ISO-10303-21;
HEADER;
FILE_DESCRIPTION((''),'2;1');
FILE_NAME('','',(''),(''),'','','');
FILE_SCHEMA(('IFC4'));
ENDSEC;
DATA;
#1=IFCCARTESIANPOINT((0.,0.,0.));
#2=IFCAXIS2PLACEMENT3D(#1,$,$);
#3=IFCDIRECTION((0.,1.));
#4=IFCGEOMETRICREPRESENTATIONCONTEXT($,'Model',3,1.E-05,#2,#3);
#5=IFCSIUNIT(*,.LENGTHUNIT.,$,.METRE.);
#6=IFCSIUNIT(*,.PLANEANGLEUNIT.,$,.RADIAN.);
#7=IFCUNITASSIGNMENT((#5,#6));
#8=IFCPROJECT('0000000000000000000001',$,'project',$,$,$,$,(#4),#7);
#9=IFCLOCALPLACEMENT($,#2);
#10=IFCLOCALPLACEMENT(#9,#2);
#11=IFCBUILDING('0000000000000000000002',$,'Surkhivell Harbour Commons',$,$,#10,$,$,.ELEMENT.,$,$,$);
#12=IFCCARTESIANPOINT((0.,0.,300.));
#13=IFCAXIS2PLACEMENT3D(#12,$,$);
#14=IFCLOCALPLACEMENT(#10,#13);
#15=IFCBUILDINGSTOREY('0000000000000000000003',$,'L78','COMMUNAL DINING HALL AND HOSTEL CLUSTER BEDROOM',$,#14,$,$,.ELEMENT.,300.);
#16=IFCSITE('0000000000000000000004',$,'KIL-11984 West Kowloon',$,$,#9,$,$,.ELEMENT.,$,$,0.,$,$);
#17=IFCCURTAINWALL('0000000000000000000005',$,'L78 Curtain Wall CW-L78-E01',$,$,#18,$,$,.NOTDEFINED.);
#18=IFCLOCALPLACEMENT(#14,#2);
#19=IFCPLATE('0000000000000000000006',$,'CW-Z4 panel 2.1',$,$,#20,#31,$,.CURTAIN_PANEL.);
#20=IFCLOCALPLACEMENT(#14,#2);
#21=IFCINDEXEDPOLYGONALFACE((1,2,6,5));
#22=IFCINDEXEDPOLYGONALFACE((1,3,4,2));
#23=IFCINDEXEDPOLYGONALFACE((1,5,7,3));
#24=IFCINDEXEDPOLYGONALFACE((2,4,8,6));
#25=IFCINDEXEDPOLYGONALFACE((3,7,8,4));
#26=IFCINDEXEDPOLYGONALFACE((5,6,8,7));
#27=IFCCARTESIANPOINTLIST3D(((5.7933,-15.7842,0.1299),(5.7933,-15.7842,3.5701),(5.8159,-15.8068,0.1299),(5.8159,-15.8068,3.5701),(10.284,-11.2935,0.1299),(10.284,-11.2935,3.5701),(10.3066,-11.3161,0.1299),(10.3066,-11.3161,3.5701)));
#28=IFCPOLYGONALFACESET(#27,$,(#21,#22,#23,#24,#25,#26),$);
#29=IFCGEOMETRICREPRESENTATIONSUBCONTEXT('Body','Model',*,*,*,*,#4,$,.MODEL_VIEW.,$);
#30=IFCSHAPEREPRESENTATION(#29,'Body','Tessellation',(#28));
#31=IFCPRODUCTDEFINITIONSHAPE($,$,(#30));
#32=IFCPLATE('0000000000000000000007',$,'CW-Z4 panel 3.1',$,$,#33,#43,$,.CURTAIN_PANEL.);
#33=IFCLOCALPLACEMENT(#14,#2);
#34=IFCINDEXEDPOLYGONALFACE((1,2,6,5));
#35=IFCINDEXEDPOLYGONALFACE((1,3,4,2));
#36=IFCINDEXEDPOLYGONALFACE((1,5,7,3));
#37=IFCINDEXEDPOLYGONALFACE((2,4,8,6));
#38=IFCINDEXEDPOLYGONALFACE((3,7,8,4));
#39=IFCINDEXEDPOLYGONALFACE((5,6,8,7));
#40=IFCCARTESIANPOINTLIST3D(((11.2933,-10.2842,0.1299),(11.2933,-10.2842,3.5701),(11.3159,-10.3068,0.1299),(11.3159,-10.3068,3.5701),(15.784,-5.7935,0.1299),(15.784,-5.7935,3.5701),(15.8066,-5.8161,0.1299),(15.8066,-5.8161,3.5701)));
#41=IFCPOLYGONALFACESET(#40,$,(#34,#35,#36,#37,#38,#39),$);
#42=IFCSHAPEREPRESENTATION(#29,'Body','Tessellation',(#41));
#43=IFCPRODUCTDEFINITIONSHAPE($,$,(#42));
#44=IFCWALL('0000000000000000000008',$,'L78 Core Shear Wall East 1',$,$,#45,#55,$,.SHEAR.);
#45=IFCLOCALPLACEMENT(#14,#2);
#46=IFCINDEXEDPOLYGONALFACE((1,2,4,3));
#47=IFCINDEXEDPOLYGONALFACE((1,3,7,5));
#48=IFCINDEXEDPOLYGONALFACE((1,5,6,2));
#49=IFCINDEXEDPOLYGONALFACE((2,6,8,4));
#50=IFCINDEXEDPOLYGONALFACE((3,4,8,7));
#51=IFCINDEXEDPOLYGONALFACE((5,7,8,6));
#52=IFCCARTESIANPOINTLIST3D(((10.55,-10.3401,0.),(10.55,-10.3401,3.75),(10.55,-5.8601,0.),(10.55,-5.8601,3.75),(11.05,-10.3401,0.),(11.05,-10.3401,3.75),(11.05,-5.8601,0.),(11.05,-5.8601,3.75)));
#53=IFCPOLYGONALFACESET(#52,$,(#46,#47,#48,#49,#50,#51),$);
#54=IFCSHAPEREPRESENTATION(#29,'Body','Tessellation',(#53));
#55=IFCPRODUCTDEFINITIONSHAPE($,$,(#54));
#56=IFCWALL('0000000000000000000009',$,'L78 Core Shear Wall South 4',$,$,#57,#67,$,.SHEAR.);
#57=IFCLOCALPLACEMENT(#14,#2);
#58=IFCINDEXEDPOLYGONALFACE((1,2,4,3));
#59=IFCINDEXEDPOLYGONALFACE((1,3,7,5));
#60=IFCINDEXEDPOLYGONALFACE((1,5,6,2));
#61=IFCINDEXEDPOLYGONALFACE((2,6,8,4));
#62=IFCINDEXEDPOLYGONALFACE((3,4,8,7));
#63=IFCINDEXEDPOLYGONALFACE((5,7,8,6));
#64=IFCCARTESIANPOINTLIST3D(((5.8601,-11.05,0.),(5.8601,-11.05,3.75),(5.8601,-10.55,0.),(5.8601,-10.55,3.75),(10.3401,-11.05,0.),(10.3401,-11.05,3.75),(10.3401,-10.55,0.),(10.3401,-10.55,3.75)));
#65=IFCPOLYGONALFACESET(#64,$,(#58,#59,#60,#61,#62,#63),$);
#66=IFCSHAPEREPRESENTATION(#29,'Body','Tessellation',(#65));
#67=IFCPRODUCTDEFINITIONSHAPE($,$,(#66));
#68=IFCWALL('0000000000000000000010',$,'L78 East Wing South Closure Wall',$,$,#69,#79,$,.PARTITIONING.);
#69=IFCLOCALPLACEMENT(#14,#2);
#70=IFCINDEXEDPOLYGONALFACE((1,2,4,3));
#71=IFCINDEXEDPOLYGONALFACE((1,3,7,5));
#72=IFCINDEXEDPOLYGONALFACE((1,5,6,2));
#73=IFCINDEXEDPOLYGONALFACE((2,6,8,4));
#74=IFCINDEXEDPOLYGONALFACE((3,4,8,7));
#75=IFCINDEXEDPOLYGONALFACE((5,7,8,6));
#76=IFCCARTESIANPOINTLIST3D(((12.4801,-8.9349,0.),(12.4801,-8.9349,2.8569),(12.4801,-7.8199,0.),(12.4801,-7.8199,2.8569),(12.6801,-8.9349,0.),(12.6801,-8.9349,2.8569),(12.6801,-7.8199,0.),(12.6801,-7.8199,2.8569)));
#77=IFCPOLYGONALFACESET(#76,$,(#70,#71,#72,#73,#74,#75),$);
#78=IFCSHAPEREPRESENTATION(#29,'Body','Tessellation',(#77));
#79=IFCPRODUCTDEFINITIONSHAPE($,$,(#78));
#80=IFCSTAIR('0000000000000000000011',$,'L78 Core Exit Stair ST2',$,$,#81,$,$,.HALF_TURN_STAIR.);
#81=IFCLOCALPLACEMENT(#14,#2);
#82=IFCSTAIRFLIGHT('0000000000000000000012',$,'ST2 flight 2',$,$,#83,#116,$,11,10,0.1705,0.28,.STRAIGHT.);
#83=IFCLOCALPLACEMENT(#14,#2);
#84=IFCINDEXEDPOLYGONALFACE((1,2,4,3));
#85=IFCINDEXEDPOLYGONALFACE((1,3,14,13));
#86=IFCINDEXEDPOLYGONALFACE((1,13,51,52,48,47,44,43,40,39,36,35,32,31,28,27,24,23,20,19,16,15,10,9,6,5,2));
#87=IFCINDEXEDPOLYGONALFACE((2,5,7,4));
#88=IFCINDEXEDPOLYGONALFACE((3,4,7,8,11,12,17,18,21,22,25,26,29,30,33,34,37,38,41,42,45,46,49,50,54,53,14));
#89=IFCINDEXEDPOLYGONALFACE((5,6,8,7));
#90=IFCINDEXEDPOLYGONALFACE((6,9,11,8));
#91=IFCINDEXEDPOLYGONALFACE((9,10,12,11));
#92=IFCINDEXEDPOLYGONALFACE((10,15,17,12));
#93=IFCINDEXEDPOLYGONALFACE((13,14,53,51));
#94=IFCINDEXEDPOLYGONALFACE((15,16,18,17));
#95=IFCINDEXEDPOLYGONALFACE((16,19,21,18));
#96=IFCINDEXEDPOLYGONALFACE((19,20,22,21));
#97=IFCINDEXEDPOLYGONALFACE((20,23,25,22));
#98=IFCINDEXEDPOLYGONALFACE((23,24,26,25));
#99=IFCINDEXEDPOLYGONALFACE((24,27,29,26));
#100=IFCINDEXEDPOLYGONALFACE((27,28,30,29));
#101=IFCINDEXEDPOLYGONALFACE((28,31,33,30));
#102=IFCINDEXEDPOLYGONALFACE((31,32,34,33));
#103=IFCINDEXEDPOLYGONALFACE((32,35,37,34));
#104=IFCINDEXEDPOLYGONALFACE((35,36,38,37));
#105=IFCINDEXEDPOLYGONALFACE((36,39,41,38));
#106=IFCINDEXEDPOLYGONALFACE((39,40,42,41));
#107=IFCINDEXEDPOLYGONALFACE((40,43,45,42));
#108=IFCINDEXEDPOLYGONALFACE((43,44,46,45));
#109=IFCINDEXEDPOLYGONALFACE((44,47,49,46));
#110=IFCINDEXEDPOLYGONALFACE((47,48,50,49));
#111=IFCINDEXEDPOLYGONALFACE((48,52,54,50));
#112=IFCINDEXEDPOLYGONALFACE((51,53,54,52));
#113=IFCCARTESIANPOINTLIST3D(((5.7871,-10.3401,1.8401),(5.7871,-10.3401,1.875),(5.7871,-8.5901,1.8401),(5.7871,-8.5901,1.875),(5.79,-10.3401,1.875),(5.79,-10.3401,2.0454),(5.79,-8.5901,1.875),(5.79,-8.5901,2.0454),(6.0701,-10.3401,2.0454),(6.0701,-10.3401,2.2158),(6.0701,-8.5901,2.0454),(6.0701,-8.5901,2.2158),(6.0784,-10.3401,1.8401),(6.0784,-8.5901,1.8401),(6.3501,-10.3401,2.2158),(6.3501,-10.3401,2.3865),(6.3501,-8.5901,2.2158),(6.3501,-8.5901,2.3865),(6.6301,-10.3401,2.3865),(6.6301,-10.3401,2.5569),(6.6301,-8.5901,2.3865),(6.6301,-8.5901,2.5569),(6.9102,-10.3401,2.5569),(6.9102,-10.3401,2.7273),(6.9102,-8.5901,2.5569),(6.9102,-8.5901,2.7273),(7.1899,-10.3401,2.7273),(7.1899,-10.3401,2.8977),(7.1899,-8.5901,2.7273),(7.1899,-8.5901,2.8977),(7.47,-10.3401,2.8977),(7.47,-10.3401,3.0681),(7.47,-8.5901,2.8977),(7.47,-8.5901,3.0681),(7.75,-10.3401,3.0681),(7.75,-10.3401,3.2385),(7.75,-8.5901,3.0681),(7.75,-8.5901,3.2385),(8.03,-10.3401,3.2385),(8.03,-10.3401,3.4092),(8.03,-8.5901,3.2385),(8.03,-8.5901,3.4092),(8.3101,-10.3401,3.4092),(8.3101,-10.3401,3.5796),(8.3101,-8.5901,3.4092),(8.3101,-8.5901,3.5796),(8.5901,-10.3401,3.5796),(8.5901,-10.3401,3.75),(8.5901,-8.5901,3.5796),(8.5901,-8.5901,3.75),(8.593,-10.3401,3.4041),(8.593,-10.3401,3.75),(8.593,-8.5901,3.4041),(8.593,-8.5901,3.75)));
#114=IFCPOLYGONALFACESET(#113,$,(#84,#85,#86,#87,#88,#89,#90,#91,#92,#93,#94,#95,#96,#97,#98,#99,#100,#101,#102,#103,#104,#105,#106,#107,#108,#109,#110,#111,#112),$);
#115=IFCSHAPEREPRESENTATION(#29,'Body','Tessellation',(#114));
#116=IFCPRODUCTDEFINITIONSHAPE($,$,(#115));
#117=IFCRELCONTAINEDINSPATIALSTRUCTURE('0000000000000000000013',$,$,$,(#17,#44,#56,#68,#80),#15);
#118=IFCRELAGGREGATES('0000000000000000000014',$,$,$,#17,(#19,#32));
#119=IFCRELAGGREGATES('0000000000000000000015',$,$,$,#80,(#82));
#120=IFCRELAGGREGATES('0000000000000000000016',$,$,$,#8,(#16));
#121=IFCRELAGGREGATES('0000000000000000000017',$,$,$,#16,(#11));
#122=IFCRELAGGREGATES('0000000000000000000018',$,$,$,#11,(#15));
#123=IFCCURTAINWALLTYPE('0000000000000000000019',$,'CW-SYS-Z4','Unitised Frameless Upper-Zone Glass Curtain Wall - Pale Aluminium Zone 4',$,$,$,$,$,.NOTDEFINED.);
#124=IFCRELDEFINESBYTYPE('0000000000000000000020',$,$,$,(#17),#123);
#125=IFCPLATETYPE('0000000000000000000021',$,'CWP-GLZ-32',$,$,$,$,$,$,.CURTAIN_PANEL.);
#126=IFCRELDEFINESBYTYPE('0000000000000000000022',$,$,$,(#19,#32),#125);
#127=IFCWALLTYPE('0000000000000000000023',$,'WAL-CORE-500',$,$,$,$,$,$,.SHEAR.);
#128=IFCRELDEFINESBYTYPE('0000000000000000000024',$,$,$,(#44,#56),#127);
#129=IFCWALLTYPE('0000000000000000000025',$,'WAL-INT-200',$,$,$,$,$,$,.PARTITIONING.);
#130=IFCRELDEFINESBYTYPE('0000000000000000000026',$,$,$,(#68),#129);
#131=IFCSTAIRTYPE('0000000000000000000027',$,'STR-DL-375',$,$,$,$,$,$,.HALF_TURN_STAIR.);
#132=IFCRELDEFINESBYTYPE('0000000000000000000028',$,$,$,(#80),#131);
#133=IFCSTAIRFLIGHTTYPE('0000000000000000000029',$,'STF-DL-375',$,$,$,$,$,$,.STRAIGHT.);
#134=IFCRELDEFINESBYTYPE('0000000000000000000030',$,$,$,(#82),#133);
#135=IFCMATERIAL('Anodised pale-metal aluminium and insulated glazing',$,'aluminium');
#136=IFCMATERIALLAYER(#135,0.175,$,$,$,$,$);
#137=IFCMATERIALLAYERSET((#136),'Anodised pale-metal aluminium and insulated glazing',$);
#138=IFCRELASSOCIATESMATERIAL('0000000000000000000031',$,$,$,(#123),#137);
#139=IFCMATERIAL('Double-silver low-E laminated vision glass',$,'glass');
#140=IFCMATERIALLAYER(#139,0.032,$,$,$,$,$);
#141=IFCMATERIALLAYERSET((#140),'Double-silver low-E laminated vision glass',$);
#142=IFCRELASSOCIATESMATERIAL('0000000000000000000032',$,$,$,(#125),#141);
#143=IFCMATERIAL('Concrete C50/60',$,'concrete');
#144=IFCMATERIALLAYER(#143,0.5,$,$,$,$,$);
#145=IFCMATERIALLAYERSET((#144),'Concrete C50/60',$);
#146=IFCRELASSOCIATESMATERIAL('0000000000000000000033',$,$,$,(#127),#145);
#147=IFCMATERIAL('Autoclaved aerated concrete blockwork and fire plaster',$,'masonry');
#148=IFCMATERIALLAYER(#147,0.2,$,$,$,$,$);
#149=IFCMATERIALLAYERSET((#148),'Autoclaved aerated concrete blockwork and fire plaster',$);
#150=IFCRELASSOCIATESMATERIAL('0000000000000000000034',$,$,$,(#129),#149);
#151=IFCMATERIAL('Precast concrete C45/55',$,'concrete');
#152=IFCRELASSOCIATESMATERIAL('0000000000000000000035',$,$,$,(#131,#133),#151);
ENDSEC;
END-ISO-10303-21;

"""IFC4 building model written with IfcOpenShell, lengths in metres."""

from ifc_helpers import new_model, si_unit, direction, frame, frame_2d, origin, place, context, subcontext, project, spatial, polyline, rectangle, outline, extrude, material, layer, layer_set, type_object, element, aggregate, save


model = new_model("IFC4")

# Units and contexts
model_context = context("Model", 3, precision=1e-05, world=origin(), true_north=direction((0.0, 1.0)))
body_context = subcontext(model_context, "Body", "Model", "MODEL_VIEW")
ifc_project = project(units=[si_unit("LENGTHUNIT", "METRE"), si_unit("PLANEANGLEUNIT", "RADIAN")], contexts=[model_context])

# Site, building, storey
site_placement = place(None, origin())
site = spatial("IfcSite", under=ifc_project, at=site_placement, Name="KIL-11984 West Kowloon", CompositionType="ELEMENT", RefElevation=0.0)
building_placement = place(site_placement, origin())
building = spatial("IfcBuilding", under=site, at=building_placement, Name="Surkhivell Harbour Commons", CompositionType="ELEMENT")
storey_placement = place(building_placement, frame((0.0, 0.0, 300.0)))
storey = spatial("IfcBuildingStorey", under=building, at=storey_placement, Name="L78", Description="COMMUNAL DINING HALL AND HOSTEL CLUSTER BEDROOM", CompositionType="ELEMENT", Elevation=300.0)

# Shared definitions
ifc_material_1 = material(Name="Concrete C50/60", Category="concrete")

# Curtain wall, plates
ifc_material_2 = material(Name="Anodised pale-metal aluminium and insulated glazing", Category="aluminium")
ifc_layer_1 = layer(ifc_material_2, 0.175)
ifc_layer_set_1 = layer_set([ifc_layer_1], Name="Anodised pale-metal aluminium and insulated glazing")
curtain_wall_type = type_object("IfcCurtainWallType", Name="CW-SYS-Z4", Description="Unitised Frameless Upper-Zone Glass Curtain Wall - Pale Aluminium Zone 4", PredefinedType="NOTDEFINED", material=ifc_layer_set_1)
curtain_wall_placement = place(storey_placement, origin())
curtain_wall = element("IfcCurtainWall", 1, at=curtain_wall_placement, inside=storey, type_object=curtain_wall_type, Name="L78 Curtain Wall CW-L78-E01", PredefinedType="NOTDEFINED")
ifc_material_3 = material(Name="Double-silver low-E laminated vision glass", Category="glass")
ifc_layer_2 = layer(ifc_material_3, 0.032)
ifc_layer_set_2 = layer_set([ifc_layer_2], Name="Double-silver low-E laminated vision glass")
plate_type = type_object("IfcPlateType", Name="CWP-GLZ-32", PredefinedType="CURTAIN_PANEL", material=ifc_layer_set_2)
plate_1_placement = place(storey_placement, frame((5.8047, -15.7954, 0.1299), z_axis=(0.0, 0.0, 1.0), x_axis=(0.707107, 0.707107, 0.0)))
plate_1 = element("IfcPlate", 2, at=plate_1_placement, type_object=plate_type, Name="CW-Z4 panel 2.1", PredefinedType="CURTAIN_PANEL", context=body_context, shape_type="SweptSolid", body=[
    extrude(rectangle(XDim=6.3508, YDim=0.032, at=frame_2d((3.1753, 0.0))), origin(), (0.0, 0.0, 1.0), 3.4402),
])
plate_2_placement = place(storey_placement, frame((11.3047, -10.2954, 0.1299), z_axis=(0.0, 0.0, 1.0), x_axis=(0.707107, 0.707107, 0.0)))
plate_2 = element("IfcPlate", 3, at=plate_2_placement, type_object=plate_type, Name="CW-Z4 panel 3.1", PredefinedType="CURTAIN_PANEL", context=body_context, shape_type="SweptSolid", body=[
    extrude(rectangle(XDim=6.3508, YDim=0.032, at=frame_2d((3.1753, 0.0))), origin(), (0.0, 0.0, 1.0), 3.4402),
])
aggregate(curtain_wall, [plate_1, plate_2])

# Walls
ifc_layer_3 = layer(ifc_material_1, 0.5)
ifc_layer_set_3 = layer_set([ifc_layer_3], Name="Concrete C50/60")
wall_type_1 = type_object("IfcWallType", Name="WAL-CORE-500", PredefinedType="SHEAR", material=ifc_layer_set_3)
for number, where, z_axis, x_axis, name in (
    (4, (10.8, -10.3401, 0.0), (0.0, 0.0, 1.0), (0.0, 1.0, 0.0), "L78 Core Shear Wall East 1"),
    (5, (5.8601, -10.8, 0.0), (0.0, 0.0, 1.0), (1.0, 0.0, 0.0), "L78 Core Shear Wall South 4"),
):
    element("IfcWall", number, at=place(storey_placement, frame(where, z_axis=z_axis, x_axis=x_axis)), inside=storey, type_object=wall_type_1, Name=name, PredefinedType="SHEAR", context=body_context, shape_type="SweptSolid", body=[
        extrude(rectangle(XDim=4.48, YDim=0.5, at=frame_2d((2.24, 0.0))), origin(), (0.0, 0.0, 1.0), 3.75),
    ])
ifc_material_4 = material(Name="Autoclaved aerated concrete blockwork and fire plaster", Category="masonry")
ifc_layer_4 = layer(ifc_material_4, 0.2)
ifc_layer_set_4 = layer_set([ifc_layer_4], Name="Autoclaved aerated concrete blockwork and fire plaster")
wall_type_2 = type_object("IfcWallType", Name="WAL-INT-200", PredefinedType="PARTITIONING", material=ifc_layer_set_4)
wall_placement = place(storey_placement, frame((12.5801, -8.9351, 0.0), z_axis=(0.0, 0.0, 1.0), x_axis=(0.0, 1.0, 0.0)))
element("IfcWall", 6, at=wall_placement, inside=storey, type_object=wall_type_2, Name="L78 East Wing South Closure Wall", PredefinedType="PARTITIONING", context=body_context, shape_type="SweptSolid", body=[
    extrude(rectangle(XDim=1.115, YDim=0.2, at=frame_2d((0.5576, 0.0))), origin(), (0.0, 0.0, 1.0), 2.8569),
])

# Stair, stair flight
ifc_material_5 = material(Name="Precast concrete C45/55", Category="concrete")
stair_type = type_object("IfcStairType", Name="STR-DL-375", PredefinedType="HALF_TURN_STAIR", material=ifc_material_5)
stair_placement = place(storey_placement, origin())
stair = element("IfcStair", 7, at=stair_placement, inside=storey, type_object=stair_type, Name="L78 Core Exit Stair ST2", PredefinedType="HALF_TURN_STAIR")
stair_flight_type = type_object("IfcStairFlightType", Name="STF-DL-375", PredefinedType="STRAIGHT", material=ifc_material_5)
stair_flight_placement = place(storey_placement, frame((5.79, -9.4651, 1.875), z_axis=(0.0, 0.0, 1.0), x_axis=(1.0, 0.0, 0.0)))
stair_flight = element("IfcStairFlight", 8, at=stair_flight_placement, type_object=stair_flight_type, Name="ST2 flight 2", NumberOfRisers=11, NumberOfTreads=10, PredefinedType="STRAIGHT", RiserHeight=0.1705, TreadLength=0.28, context=body_context, shape_type="SweptSolid", body=[
    extrude(outline(polyline([(-0.0029, -0.0349), (-0.0029, 0.0), (0.0, 0.0), (0.0, 0.1704), (0.28, 0.1704), (0.28, 0.3408), (0.5601, 0.3408), (0.5601, 0.5115), (0.8401, 0.5115), (0.8401, 0.6819), (1.1201, 0.6819), (1.1201, 0.8523), (1.3999, 0.8523), (1.3999, 1.0227), (1.6799, 1.0227), (1.6799, 1.1931), (1.96, 1.1931), (1.96, 1.3635), (2.24, 1.3635), (2.24, 1.5342), (2.52, 1.5342), (2.52, 1.7046), (2.8, 1.7046), (2.8, 1.875), (2.803, 1.875), (2.803, 1.5291), (0.2883, -0.0349), (-0.0029, -0.0349)])), frame((0.0, 0.875, 0.0), z_axis=(0.0, -1.0, 0.0), x_axis=(1.0, 0.0, 0.0)), (0.0, 0.0, 1.0), 1.75),
])
aggregate(stair, [stair_flight])

save(model, "model.ifc")
